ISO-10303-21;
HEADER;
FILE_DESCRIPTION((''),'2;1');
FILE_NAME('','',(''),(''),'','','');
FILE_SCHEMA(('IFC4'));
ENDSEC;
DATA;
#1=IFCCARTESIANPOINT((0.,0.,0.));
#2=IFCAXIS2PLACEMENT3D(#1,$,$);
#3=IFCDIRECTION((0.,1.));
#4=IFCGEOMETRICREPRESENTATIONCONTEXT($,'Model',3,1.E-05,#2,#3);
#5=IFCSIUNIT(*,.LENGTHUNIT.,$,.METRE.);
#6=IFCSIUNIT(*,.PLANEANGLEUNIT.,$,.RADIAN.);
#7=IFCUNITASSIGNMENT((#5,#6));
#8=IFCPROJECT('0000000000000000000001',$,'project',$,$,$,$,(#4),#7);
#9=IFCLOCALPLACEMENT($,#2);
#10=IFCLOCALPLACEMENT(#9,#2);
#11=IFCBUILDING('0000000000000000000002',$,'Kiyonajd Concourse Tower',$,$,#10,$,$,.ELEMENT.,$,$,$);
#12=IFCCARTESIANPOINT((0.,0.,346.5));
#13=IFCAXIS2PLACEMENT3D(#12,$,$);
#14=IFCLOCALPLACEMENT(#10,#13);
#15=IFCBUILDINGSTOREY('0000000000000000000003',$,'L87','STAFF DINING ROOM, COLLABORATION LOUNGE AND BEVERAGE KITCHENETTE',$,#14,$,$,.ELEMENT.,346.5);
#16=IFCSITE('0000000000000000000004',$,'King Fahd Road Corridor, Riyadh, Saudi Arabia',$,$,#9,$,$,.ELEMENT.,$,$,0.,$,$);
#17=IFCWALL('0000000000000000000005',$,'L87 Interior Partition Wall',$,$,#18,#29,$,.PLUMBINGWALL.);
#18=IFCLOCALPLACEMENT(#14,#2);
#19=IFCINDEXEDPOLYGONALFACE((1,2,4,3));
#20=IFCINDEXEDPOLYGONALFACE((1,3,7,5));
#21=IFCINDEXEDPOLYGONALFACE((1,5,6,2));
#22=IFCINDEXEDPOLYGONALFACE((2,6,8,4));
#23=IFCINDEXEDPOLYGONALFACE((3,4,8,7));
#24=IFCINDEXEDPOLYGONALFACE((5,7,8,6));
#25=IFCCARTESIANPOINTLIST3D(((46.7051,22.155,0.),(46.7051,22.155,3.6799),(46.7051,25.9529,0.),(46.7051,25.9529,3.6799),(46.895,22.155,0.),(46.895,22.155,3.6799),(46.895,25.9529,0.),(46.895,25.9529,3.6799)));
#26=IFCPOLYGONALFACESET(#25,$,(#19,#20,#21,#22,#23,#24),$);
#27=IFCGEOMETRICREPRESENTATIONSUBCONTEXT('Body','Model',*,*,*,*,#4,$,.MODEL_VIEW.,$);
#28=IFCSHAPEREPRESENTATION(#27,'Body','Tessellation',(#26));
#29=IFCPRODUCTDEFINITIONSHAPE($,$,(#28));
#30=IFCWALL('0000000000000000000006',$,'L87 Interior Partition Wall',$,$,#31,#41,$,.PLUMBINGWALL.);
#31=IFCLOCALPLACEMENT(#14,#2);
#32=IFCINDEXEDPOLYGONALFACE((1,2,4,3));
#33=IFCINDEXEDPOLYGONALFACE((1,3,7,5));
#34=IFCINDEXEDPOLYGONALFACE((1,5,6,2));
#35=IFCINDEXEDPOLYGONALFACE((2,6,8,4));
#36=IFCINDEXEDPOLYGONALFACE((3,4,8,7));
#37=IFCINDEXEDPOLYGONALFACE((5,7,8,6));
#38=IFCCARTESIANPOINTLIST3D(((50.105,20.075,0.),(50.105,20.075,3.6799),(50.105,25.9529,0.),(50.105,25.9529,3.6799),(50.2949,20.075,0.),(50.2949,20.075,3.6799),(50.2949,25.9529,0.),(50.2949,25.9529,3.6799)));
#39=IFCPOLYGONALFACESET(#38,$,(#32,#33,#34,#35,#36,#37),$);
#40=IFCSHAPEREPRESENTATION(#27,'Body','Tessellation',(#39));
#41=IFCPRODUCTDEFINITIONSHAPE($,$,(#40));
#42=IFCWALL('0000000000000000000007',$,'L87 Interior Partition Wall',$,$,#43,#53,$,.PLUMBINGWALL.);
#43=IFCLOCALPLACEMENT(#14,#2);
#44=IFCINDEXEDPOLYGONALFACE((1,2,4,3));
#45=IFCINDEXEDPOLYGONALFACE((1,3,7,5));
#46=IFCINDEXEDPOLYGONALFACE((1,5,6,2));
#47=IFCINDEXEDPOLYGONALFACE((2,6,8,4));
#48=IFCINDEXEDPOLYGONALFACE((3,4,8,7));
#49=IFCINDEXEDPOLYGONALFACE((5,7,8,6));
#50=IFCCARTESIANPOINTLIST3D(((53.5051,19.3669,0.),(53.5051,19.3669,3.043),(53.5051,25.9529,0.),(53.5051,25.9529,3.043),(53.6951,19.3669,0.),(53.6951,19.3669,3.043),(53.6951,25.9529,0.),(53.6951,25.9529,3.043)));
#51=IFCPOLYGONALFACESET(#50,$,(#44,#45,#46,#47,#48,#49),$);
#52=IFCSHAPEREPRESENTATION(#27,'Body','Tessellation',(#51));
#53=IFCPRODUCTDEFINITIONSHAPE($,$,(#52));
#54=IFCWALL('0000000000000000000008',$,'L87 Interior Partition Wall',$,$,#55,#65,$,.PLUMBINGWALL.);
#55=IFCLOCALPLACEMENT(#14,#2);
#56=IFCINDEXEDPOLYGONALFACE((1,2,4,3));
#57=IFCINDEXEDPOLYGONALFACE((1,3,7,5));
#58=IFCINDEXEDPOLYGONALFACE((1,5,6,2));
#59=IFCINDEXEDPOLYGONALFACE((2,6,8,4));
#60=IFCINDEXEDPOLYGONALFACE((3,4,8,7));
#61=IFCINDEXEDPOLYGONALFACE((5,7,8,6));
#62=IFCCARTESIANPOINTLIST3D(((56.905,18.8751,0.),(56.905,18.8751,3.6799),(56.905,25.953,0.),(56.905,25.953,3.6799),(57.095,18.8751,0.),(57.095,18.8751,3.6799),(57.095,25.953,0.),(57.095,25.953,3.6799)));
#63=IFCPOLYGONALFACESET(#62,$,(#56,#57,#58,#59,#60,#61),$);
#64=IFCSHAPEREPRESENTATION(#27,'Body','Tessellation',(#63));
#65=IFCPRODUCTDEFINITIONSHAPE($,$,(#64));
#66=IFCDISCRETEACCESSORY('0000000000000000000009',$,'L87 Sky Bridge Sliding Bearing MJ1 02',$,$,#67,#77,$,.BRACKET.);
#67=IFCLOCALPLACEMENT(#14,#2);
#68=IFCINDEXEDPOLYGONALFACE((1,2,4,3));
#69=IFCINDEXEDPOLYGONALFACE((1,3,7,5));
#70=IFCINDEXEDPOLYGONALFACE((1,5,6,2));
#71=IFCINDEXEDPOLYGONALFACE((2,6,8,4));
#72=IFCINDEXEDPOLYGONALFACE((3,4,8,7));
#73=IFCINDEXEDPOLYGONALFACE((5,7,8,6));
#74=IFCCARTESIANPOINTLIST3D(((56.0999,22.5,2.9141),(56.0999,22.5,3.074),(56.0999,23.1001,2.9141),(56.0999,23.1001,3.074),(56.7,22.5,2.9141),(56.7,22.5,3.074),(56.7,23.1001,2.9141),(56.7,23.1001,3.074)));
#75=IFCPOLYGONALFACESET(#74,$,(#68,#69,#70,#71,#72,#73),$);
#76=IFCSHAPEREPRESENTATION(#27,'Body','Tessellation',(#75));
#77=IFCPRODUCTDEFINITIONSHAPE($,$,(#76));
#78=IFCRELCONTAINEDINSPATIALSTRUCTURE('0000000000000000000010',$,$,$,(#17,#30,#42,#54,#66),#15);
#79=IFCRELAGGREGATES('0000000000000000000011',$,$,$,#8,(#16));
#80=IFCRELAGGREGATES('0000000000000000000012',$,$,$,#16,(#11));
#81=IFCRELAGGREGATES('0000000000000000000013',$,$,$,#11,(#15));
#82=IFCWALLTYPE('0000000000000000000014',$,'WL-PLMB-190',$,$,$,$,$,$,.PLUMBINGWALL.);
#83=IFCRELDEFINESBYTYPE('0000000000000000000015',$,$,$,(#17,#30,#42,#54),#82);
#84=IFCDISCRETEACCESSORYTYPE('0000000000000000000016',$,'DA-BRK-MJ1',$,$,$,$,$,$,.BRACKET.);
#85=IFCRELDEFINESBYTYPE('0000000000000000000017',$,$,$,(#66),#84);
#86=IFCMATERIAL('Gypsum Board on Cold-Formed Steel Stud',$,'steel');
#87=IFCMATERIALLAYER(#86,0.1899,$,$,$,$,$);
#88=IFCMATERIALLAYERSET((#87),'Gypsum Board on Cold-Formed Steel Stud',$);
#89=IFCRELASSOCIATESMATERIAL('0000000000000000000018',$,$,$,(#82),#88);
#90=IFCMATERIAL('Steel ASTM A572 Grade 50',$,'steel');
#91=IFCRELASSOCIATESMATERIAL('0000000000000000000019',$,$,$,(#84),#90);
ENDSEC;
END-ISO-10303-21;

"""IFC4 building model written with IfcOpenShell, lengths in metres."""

from ifc_helpers import new_model, si_unit, direction, frame, frame_2d, origin, origin_2d, place, context, subcontext, project, spatial, rectangle, extrude, material, layer, layer_set, type_object, element, save


model = new_model("IFC4")

# Units and contexts
model_context = context("Model", 3, precision=1e-05, world=origin(), true_north=direction((0.0, 1.0)))
body_context = subcontext(model_context, "Body", "Model", "MODEL_VIEW")
ifc_project = project(units=[si_unit("LENGTHUNIT", "METRE"), si_unit("PLANEANGLEUNIT", "RADIAN")], contexts=[model_context])

# Site, building, storey
site_placement = place(None, origin())
site = spatial("IfcSite", under=ifc_project, at=site_placement, Name="King Fahd Road Corridor, Riyadh, Saudi Arabia", CompositionType="ELEMENT", RefElevation=0.0)
building_placement = place(site_placement, origin())
building = spatial("IfcBuilding", under=site, at=building_placement, Name="Kiyonajd Concourse Tower", CompositionType="ELEMENT")
storey_placement = place(building_placement, frame((0.0, 0.0, 346.5)))
storey = spatial("IfcBuildingStorey", under=building, at=storey_placement, Name="L87", Description="STAFF DINING ROOM, COLLABORATION LOUNGE AND BEVERAGE KITCHENETTE", CompositionType="ELEMENT", Elevation=346.5)

# Shared definitions
ifc_material_1 = material(Name="Steel ASTM A572 Grade 50", Category="steel")

# Walls
ifc_material_2 = material(Name="Gypsum Board on Cold-Formed Steel Stud", Category="steel")
ifc_layer_1 = layer(ifc_material_2, 0.1899)
ifc_layer_set_1 = layer_set([ifc_layer_1], Name="Gypsum Board on Cold-Formed Steel Stud")
wall_type_1 = type_object("IfcWallType", Name="WL-PLMB-190", PredefinedType="PLUMBINGWALL", material=ifc_layer_set_1)
wall_1_placement = place(storey_placement, frame((46.8, 22.155, 0.0), z_axis=(0.0, 0.0, 1.0), x_axis=(0.0, 1.0, 0.0)))
element("IfcWall", 1, at=wall_1_placement, inside=storey, type_object=wall_type_1, Name="L87 Interior Partition Wall", PredefinedType="PLUMBINGWALL", context=body_context, shape_type="SweptSolid", body=[
    extrude(rectangle(XDim=3.7979, YDim=0.1899, at=frame_2d((1.8989, 0.0))), origin(), (0.0, 0.0, 1.0), 3.6799),
])
wall_2_placement = place(storey_placement, frame((50.2, 20.075, 0.0), z_axis=(0.0, 0.0, 1.0), x_axis=(0.0, 1.0, 0.0)))
element("IfcWall", 2, at=wall_2_placement, inside=storey, type_object=wall_type_1, Name="L87 Interior Partition Wall", PredefinedType="PLUMBINGWALL", context=body_context, shape_type="SweptSolid", body=[
    extrude(rectangle(XDim=5.8779, YDim=0.1899, at=frame_2d((2.939, 0.0))), origin(), (0.0, 0.0, 1.0), 3.6799),
])
wall_3_placement = place(storey_placement, frame((53.6001, 19.3669, 0.0), z_axis=(0.0, 0.0, 1.0), x_axis=(0.0, 1.0, 0.0)))
element("IfcWall", 3, at=wall_3_placement, inside=storey, type_object=wall_type_1, Name="L87 Interior Partition Wall", PredefinedType="PLUMBINGWALL", context=body_context, shape_type="SweptSolid", body=[
    extrude(rectangle(XDim=6.5859, YDim=0.1899, at=frame_2d((3.293, 0.0))), origin(), (0.0, 0.0, 1.0), 3.043),
])
wall_4_placement = place(storey_placement, frame((57.0, 18.875, 0.0), z_axis=(0.0, 0.0, 1.0), x_axis=(0.0, 1.0, 0.0)))
element("IfcWall", 4, at=wall_4_placement, inside=storey, type_object=wall_type_1, Name="L87 Interior Partition Wall", PredefinedType="PLUMBINGWALL", context=body_context, shape_type="SweptSolid", body=[
    extrude(rectangle(XDim=7.0779, YDim=0.1899, at=frame_2d((3.5391, 0.0))), origin(), (0.0, 0.0, 1.0), 3.6799),
])

# Discrete accessory
discrete_accessory_type = type_object("IfcDiscreteAccessoryType", Name="DA-BRK-MJ1", PredefinedType="BRACKET", material=ifc_material_1)
discrete_accessory_placement = place(storey_placement, frame((56.3999, 22.8, 2.9141), z_axis=(0.0, 0.0, 1.0), x_axis=(1.0, 0.0, 0.0)))
element("IfcDiscreteAccessory", 5, at=discrete_accessory_placement, inside=storey, type_object=discrete_accessory_type, Name="L87 Sky Bridge Sliding Bearing MJ1 02", PredefinedType="BRACKET", context=body_context, shape_type="SweptSolid", body=[
    extrude(rectangle(XDim=0.6001, YDim=0.6001, at=origin_2d()), origin(), (0.0, 0.0, 1.0), 0.1599),
])

save(model, "model.ifc")
